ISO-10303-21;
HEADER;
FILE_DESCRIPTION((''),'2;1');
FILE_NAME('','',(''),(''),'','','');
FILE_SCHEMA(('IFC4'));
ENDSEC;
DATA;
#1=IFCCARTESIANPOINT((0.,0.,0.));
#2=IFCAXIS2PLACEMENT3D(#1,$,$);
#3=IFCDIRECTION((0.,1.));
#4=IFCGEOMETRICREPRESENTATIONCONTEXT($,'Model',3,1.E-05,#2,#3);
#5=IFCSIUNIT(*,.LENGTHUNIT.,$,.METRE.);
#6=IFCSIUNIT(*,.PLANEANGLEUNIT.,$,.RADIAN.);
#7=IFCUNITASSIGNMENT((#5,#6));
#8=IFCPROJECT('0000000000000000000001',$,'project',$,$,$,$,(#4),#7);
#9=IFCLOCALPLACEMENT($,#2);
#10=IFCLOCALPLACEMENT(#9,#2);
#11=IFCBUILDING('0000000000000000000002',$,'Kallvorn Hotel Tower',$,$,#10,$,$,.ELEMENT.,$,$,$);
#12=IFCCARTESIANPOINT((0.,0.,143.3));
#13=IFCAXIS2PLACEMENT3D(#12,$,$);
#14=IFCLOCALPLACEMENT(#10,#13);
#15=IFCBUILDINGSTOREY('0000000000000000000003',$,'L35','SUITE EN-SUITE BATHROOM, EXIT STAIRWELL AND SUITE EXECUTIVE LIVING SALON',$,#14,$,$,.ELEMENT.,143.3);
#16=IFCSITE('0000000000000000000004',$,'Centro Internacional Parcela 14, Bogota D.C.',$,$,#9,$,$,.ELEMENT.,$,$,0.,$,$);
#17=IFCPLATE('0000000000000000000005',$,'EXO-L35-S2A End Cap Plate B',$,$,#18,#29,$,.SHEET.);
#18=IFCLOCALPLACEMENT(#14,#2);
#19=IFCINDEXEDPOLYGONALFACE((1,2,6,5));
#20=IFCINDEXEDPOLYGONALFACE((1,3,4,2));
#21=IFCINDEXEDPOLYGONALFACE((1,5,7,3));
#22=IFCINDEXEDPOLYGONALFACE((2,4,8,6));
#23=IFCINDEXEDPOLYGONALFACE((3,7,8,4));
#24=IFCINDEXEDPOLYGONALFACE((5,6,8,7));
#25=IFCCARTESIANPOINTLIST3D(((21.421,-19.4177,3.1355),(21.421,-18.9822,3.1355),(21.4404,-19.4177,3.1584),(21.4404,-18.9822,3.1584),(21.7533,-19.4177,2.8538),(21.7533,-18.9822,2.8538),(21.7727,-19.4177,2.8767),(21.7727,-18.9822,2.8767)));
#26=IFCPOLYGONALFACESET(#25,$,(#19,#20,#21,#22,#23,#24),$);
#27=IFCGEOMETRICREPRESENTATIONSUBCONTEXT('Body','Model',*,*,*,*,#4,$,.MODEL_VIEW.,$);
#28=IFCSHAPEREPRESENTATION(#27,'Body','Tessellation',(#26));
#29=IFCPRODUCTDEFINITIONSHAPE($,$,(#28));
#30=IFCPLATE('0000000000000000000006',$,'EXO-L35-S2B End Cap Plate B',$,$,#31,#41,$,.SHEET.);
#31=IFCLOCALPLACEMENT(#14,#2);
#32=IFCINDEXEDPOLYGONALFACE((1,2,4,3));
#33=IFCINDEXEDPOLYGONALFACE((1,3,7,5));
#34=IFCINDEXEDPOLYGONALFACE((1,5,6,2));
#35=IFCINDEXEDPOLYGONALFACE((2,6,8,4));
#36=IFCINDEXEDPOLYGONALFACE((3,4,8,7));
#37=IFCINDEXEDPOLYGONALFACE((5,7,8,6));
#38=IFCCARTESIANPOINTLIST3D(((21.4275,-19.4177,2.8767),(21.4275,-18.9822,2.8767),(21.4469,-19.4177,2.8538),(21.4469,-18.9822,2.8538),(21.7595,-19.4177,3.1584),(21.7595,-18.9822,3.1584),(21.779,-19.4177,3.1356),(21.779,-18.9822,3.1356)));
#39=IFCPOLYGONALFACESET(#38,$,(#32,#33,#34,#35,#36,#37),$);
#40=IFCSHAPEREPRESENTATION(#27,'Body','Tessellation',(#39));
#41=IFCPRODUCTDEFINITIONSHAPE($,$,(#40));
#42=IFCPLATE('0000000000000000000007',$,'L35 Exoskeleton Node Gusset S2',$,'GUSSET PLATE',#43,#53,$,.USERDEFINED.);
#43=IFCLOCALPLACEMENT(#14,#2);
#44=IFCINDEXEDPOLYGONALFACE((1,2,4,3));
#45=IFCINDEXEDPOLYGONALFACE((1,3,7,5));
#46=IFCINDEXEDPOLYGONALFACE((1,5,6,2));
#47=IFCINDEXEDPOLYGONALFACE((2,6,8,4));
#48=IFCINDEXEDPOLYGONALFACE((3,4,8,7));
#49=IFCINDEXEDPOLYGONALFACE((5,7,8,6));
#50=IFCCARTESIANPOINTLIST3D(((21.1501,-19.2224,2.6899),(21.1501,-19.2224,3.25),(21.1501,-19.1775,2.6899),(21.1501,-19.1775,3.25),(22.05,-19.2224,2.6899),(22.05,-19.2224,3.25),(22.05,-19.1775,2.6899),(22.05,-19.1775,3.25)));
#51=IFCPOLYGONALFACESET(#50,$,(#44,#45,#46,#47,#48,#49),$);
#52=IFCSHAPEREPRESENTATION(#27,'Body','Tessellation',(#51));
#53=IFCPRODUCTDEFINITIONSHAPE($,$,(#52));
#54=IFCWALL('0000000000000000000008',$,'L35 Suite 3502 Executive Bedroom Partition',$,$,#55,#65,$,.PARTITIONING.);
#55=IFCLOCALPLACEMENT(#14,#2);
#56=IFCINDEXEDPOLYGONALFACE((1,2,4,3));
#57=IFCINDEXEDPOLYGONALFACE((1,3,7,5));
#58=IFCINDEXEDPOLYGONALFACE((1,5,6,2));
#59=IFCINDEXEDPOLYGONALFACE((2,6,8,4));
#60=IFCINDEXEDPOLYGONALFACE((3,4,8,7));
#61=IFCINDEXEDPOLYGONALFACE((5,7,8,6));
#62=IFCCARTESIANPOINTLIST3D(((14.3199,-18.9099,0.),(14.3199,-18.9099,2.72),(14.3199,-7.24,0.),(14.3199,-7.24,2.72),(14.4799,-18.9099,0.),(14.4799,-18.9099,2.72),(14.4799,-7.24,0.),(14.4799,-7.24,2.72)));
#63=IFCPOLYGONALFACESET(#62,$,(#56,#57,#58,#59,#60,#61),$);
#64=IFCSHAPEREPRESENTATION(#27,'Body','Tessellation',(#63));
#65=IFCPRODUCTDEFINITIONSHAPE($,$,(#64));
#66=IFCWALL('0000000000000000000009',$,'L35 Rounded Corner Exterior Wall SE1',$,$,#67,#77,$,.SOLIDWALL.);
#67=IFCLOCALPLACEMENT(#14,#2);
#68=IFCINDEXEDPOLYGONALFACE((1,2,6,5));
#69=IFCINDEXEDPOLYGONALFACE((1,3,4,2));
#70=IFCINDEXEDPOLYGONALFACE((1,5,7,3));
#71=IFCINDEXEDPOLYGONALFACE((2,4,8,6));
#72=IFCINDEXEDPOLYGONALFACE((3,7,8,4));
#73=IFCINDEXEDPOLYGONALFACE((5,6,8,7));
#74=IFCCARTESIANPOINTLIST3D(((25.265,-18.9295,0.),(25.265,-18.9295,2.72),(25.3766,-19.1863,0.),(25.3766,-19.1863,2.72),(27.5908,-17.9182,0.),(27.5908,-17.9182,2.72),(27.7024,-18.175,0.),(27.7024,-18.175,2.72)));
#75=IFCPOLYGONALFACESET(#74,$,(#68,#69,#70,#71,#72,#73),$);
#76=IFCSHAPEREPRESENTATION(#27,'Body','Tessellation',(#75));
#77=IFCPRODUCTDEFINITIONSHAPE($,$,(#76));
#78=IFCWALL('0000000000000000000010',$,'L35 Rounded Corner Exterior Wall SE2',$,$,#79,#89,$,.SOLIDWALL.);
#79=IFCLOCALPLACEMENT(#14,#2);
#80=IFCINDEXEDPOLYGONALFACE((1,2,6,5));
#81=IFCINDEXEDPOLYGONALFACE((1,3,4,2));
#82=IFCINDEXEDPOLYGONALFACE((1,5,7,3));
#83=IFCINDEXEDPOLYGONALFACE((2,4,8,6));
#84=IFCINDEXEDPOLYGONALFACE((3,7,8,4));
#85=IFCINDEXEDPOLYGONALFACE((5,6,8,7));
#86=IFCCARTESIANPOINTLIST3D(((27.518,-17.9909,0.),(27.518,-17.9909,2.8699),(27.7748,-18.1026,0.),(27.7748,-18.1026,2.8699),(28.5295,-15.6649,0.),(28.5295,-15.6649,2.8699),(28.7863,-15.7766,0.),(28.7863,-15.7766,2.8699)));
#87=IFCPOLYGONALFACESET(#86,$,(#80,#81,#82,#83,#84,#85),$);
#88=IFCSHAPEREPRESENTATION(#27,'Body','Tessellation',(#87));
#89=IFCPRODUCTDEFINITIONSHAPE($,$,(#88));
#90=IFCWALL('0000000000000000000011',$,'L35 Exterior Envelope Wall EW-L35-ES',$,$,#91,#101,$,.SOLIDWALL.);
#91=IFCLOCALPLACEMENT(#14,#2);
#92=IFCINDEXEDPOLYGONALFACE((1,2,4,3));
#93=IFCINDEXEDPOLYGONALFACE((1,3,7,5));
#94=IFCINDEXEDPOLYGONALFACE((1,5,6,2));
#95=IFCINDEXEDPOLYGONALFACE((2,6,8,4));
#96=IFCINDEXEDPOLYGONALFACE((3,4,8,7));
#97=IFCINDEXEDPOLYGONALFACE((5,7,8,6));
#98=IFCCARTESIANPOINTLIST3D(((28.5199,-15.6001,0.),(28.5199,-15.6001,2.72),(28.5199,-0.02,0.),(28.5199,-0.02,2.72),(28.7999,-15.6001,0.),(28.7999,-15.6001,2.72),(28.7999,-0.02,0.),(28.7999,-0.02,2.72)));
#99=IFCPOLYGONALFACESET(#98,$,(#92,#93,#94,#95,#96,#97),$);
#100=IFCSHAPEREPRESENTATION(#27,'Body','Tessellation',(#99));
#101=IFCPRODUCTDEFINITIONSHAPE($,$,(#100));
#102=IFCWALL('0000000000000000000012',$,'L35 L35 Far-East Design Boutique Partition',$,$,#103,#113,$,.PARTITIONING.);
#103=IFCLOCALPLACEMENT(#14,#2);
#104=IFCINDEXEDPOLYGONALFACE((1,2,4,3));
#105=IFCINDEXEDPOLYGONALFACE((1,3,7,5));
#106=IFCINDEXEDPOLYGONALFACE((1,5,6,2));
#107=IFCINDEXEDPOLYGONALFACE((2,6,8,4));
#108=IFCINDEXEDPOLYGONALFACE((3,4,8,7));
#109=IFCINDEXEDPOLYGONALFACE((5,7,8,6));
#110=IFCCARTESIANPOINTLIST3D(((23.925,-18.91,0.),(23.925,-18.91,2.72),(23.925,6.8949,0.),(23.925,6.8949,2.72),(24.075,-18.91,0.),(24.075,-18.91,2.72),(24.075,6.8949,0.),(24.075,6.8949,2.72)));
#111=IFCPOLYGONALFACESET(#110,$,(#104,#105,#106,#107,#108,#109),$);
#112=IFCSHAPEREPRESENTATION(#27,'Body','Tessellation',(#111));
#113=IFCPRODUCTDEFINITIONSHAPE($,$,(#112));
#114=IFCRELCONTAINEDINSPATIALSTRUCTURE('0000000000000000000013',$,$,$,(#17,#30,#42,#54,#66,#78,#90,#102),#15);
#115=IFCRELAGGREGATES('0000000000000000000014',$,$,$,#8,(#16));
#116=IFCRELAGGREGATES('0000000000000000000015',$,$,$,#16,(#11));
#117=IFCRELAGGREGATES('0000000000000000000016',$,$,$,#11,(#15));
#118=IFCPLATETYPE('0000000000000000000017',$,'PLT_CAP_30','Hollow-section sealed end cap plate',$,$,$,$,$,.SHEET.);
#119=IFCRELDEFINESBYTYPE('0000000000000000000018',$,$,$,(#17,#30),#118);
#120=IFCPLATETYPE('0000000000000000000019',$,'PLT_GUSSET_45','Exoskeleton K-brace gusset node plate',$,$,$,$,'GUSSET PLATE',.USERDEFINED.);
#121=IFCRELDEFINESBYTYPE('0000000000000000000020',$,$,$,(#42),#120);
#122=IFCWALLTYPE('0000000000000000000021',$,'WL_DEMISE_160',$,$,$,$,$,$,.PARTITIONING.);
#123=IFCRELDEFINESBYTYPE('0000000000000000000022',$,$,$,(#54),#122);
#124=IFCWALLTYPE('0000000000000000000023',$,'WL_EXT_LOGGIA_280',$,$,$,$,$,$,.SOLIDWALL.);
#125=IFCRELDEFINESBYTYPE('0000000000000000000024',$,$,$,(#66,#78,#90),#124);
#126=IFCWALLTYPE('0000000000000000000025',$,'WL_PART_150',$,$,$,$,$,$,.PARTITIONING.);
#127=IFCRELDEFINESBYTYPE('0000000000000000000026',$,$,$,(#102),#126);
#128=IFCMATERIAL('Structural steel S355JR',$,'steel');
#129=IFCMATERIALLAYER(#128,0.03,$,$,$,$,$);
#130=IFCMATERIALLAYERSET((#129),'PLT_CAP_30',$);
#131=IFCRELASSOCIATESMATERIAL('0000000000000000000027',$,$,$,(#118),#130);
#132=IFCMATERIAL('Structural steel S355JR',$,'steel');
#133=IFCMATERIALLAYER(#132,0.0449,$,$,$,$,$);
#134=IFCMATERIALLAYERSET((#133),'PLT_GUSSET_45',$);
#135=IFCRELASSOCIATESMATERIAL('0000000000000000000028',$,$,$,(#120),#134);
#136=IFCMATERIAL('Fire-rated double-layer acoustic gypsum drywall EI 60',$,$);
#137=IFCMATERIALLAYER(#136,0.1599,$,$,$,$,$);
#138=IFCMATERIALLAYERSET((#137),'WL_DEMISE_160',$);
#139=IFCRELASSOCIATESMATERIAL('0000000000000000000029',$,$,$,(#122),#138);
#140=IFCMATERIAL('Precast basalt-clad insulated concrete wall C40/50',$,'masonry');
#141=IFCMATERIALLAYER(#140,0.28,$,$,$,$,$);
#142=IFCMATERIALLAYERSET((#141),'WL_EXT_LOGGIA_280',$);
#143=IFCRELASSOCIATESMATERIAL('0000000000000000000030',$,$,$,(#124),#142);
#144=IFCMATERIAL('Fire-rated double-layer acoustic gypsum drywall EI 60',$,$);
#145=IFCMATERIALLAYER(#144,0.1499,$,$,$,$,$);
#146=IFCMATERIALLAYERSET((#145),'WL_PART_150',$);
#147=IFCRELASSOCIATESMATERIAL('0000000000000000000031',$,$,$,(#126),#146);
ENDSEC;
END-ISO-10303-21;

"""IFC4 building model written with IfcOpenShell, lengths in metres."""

from ifc_helpers import new_model, si_unit, direction, frame, frame_2d, origin, origin_2d, place, context, subcontext, project, spatial, polyline, rectangle, outline, extrude, material, layer, layer_set, type_object, element, save


model = new_model("IFC4")

# Units and contexts
model_context = context("Model", 3, precision=1e-05, world=origin(), true_north=direction((0.0, 1.0)))
body_context = subcontext(model_context, "Body", "Model", "MODEL_VIEW")
ifc_project = project(units=[si_unit("LENGTHUNIT", "METRE"), si_unit("PLANEANGLEUNIT", "RADIAN")], contexts=[model_context])

# Site, building, storey
site_placement = place(None, origin())
site = spatial("IfcSite", under=ifc_project, at=site_placement, Name="Centro Internacional Parcela 14, Bogota D.C.", CompositionType="ELEMENT", RefElevation=0.0)
building_placement = place(site_placement, origin())
building = spatial("IfcBuilding", under=site, at=building_placement, Name="Kallvorn Hotel Tower", CompositionType="ELEMENT")
storey_placement = place(building_placement, frame((0.0, 0.0, 143.3)))
storey = spatial("IfcBuildingStorey", under=building, at=storey_placement, Name="L35", Description="SUITE EN-SUITE BATHROOM, EXIT STAIRWELL AND SUITE EXECUTIVE LIVING SALON", CompositionType="ELEMENT", Elevation=143.3)

# Plates
ifc_material_1 = material(Name="Structural steel S355JR", Category="steel")
ifc_layer_1 = layer(ifc_material_1, 0.03)
ifc_layer_set_1 = layer_set([ifc_layer_1], Name="PLT_CAP_30")
plate_type_1 = type_object("IfcPlateType", Name="PLT_CAP_30", Description="Hollow-section sealed end cap plate", PredefinedType="SHEET", material=ifc_layer_set_1)
plate_1_placement = place(storey_placement, frame((21.7727, -19.4177, 2.8767), z_axis=(0.646721, 0.0, 0.762727), x_axis=(0.0, 1.0, 0.0)))
element("IfcPlate", 1, at=plate_1_placement, inside=storey, type_object=plate_type_1, Name="EXO-L35-S2A End Cap Plate B", PredefinedType="SHEET", context=body_context, shape_type="SweptSolid", body=[
    extrude(outline(polyline([(0.0, 0.0), (0.4355, 0.0), (0.4355, 0.4356), (0.0, 0.4356), (0.0, 0.0)])), origin(), (0.0, 0.0, -1.0), 0.03),
])
plate_2_placement = place(storey_placement, frame((21.4275, -18.9822, 2.8767), z_axis=(-0.646997, 0.0, 0.762492), x_axis=(0.0, -1.0, 0.0)))
element("IfcPlate", 2, at=plate_2_placement, inside=storey, type_object=plate_type_1, Name="EXO-L35-S2B End Cap Plate B", PredefinedType="SHEET", context=body_context, shape_type="SweptSolid", body=[
    extrude(outline(polyline([(0.0, 0.0), (0.4355, 0.0), (0.4355, 0.4355), (0.0, 0.4355), (0.0, 0.0)])), origin(), (0.0, 0.0, -1.0), 0.03),
])
ifc_material_2 = material(Name="Structural steel S355JR", Category="steel")
ifc_layer_2 = layer(ifc_material_2, 0.0449)
ifc_layer_set_2 = layer_set([ifc_layer_2], Name="PLT_GUSSET_45")
plate_type_2 = type_object("IfcPlateType", Name="PLT_GUSSET_45", Description="Exoskeleton K-brace gusset node plate", ElementType="GUSSET PLATE", PredefinedType="USERDEFINED", material=ifc_layer_set_2)
plate_3_placement = place(storey_placement, frame((21.6001, -19.2, 2.6899), z_axis=(0.0, 0.0, 1.0), x_axis=(1.0, 0.0, 0.0)))
element("IfcPlate", 3, at=plate_3_placement, inside=storey, type_object=plate_type_2, Name="L35 Exoskeleton Node Gusset S2", ObjectType="GUSSET PLATE", PredefinedType="USERDEFINED", context=body_context, shape_type="SweptSolid", body=[
    extrude(rectangle(XDim=0.8999, YDim=0.0449, at=origin_2d()), origin(), (0.0, 0.0, 1.0), 0.5601),
])

# Walls
ifc_material_3 = material(Name="Fire-rated double-layer acoustic gypsum drywall EI 60")
ifc_layer_3 = layer(ifc_material_3, 0.1599)
ifc_layer_set_3 = layer_set([ifc_layer_3], Name="WL_DEMISE_160")
wall_type_1 = type_object("IfcWallType", Name="WL_DEMISE_160", PredefinedType="PARTITIONING", material=ifc_layer_set_3)
wall_1_placement = place(storey_placement, frame((14.3999, -18.9099, 0.0), z_axis=(0.0, 0.0, 1.0), x_axis=(0.0, 1.0, 0.0)))
element("IfcWall", 4, at=wall_1_placement, inside=storey, type_object=wall_type_1, Name="L35 Suite 3502 Executive Bedroom Partition", PredefinedType="PARTITIONING", context=body_context, shape_type="SweptSolid", body=[
    extrude(rectangle(XDim=11.6699, YDim=0.1599, at=frame_2d((5.835, 0.0))), origin(), (0.0, 0.0, 1.0), 2.72),
])
ifc_material_4 = material(Name="Precast basalt-clad insulated concrete wall C40/50", Category="masonry")
ifc_layer_4 = layer(ifc_material_4, 0.28)
ifc_layer_set_4 = layer_set([ifc_layer_4], Name="WL_EXT_LOGGIA_280")
wall_type_2 = type_object("IfcWallType", Name="WL_EXT_LOGGIA_280", PredefinedType="SOLIDWALL", material=ifc_layer_set_4)
wall_2_placement = place(storey_placement, frame((25.3208, -19.0579, 0.0), z_axis=(0.0, 0.0, 1.0), x_axis=(0.917061, 0.398747, 0.0)))
element("IfcWall", 5, at=wall_2_placement, inside=storey, type_object=wall_type_2, Name="L35 Rounded Corner Exterior Wall SE1", PredefinedType="SOLIDWALL", context=body_context, shape_type="SweptSolid", body=[
    extrude(rectangle(XDim=2.5361, YDim=0.28, at=frame_2d((1.2681, 0.0))), origin(), (0.0, 0.0, 1.0), 2.72),
])
wall_3_placement = place(storey_placement, frame((27.6465, -18.0466, 0.0), z_axis=(0.0, 0.0, 1.0), x_axis=(0.398793, 0.917041, 0.0)))
element("IfcWall", 6, at=wall_3_placement, inside=storey, type_object=wall_type_2, Name="L35 Rounded Corner Exterior Wall SE2", PredefinedType="SOLIDWALL", context=body_context, shape_type="SweptSolid", body=[
    extrude(rectangle(XDim=2.5364, YDim=0.28, at=frame_2d((1.2681, 0.0))), origin(), (0.0, 0.0, 1.0), 2.8699),
])
wall_4_placement = place(storey_placement, frame((28.6599, -15.6001, 0.0), z_axis=(0.0, 0.0, 1.0), x_axis=(0.0, 1.0, 0.0)))
element("IfcWall", 7, at=wall_4_placement, inside=storey, type_object=wall_type_2, Name="L35 Exterior Envelope Wall EW-L35-ES", PredefinedType="SOLIDWALL", context=body_context, shape_type="SweptSolid", body=[
    extrude(rectangle(XDim=15.5801, YDim=0.28, at=frame_2d((7.79, 0.0))), origin(), (0.0, 0.0, 1.0), 2.72),
])
ifc_material_5 = material(Name="Fire-rated double-layer acoustic gypsum drywall EI 60")
ifc_layer_5 = layer(ifc_material_5, 0.1499)
ifc_layer_set_5 = layer_set([ifc_layer_5], Name="WL_PART_150")
wall_type_3 = type_object("IfcWallType", Name="WL_PART_150", PredefinedType="PARTITIONING", material=ifc_layer_set_5)
wall_5_placement = place(storey_placement, frame((24.0, -18.9099, 0.0), z_axis=(0.0, 0.0, 1.0), x_axis=(0.0, 1.0, 0.0)))
element("IfcWall", 8, at=wall_5_placement, inside=storey, type_object=wall_type_3, Name="L35 L35 Far-East Design Boutique Partition", PredefinedType="PARTITIONING", context=body_context, shape_type="SweptSolid", body=[
    extrude(rectangle(XDim=25.8049, YDim=0.1499, at=frame_2d((12.9023, 0.0))), origin(), (0.0, 0.0, 1.0), 2.72),
])

save(model, "model.ifc")
